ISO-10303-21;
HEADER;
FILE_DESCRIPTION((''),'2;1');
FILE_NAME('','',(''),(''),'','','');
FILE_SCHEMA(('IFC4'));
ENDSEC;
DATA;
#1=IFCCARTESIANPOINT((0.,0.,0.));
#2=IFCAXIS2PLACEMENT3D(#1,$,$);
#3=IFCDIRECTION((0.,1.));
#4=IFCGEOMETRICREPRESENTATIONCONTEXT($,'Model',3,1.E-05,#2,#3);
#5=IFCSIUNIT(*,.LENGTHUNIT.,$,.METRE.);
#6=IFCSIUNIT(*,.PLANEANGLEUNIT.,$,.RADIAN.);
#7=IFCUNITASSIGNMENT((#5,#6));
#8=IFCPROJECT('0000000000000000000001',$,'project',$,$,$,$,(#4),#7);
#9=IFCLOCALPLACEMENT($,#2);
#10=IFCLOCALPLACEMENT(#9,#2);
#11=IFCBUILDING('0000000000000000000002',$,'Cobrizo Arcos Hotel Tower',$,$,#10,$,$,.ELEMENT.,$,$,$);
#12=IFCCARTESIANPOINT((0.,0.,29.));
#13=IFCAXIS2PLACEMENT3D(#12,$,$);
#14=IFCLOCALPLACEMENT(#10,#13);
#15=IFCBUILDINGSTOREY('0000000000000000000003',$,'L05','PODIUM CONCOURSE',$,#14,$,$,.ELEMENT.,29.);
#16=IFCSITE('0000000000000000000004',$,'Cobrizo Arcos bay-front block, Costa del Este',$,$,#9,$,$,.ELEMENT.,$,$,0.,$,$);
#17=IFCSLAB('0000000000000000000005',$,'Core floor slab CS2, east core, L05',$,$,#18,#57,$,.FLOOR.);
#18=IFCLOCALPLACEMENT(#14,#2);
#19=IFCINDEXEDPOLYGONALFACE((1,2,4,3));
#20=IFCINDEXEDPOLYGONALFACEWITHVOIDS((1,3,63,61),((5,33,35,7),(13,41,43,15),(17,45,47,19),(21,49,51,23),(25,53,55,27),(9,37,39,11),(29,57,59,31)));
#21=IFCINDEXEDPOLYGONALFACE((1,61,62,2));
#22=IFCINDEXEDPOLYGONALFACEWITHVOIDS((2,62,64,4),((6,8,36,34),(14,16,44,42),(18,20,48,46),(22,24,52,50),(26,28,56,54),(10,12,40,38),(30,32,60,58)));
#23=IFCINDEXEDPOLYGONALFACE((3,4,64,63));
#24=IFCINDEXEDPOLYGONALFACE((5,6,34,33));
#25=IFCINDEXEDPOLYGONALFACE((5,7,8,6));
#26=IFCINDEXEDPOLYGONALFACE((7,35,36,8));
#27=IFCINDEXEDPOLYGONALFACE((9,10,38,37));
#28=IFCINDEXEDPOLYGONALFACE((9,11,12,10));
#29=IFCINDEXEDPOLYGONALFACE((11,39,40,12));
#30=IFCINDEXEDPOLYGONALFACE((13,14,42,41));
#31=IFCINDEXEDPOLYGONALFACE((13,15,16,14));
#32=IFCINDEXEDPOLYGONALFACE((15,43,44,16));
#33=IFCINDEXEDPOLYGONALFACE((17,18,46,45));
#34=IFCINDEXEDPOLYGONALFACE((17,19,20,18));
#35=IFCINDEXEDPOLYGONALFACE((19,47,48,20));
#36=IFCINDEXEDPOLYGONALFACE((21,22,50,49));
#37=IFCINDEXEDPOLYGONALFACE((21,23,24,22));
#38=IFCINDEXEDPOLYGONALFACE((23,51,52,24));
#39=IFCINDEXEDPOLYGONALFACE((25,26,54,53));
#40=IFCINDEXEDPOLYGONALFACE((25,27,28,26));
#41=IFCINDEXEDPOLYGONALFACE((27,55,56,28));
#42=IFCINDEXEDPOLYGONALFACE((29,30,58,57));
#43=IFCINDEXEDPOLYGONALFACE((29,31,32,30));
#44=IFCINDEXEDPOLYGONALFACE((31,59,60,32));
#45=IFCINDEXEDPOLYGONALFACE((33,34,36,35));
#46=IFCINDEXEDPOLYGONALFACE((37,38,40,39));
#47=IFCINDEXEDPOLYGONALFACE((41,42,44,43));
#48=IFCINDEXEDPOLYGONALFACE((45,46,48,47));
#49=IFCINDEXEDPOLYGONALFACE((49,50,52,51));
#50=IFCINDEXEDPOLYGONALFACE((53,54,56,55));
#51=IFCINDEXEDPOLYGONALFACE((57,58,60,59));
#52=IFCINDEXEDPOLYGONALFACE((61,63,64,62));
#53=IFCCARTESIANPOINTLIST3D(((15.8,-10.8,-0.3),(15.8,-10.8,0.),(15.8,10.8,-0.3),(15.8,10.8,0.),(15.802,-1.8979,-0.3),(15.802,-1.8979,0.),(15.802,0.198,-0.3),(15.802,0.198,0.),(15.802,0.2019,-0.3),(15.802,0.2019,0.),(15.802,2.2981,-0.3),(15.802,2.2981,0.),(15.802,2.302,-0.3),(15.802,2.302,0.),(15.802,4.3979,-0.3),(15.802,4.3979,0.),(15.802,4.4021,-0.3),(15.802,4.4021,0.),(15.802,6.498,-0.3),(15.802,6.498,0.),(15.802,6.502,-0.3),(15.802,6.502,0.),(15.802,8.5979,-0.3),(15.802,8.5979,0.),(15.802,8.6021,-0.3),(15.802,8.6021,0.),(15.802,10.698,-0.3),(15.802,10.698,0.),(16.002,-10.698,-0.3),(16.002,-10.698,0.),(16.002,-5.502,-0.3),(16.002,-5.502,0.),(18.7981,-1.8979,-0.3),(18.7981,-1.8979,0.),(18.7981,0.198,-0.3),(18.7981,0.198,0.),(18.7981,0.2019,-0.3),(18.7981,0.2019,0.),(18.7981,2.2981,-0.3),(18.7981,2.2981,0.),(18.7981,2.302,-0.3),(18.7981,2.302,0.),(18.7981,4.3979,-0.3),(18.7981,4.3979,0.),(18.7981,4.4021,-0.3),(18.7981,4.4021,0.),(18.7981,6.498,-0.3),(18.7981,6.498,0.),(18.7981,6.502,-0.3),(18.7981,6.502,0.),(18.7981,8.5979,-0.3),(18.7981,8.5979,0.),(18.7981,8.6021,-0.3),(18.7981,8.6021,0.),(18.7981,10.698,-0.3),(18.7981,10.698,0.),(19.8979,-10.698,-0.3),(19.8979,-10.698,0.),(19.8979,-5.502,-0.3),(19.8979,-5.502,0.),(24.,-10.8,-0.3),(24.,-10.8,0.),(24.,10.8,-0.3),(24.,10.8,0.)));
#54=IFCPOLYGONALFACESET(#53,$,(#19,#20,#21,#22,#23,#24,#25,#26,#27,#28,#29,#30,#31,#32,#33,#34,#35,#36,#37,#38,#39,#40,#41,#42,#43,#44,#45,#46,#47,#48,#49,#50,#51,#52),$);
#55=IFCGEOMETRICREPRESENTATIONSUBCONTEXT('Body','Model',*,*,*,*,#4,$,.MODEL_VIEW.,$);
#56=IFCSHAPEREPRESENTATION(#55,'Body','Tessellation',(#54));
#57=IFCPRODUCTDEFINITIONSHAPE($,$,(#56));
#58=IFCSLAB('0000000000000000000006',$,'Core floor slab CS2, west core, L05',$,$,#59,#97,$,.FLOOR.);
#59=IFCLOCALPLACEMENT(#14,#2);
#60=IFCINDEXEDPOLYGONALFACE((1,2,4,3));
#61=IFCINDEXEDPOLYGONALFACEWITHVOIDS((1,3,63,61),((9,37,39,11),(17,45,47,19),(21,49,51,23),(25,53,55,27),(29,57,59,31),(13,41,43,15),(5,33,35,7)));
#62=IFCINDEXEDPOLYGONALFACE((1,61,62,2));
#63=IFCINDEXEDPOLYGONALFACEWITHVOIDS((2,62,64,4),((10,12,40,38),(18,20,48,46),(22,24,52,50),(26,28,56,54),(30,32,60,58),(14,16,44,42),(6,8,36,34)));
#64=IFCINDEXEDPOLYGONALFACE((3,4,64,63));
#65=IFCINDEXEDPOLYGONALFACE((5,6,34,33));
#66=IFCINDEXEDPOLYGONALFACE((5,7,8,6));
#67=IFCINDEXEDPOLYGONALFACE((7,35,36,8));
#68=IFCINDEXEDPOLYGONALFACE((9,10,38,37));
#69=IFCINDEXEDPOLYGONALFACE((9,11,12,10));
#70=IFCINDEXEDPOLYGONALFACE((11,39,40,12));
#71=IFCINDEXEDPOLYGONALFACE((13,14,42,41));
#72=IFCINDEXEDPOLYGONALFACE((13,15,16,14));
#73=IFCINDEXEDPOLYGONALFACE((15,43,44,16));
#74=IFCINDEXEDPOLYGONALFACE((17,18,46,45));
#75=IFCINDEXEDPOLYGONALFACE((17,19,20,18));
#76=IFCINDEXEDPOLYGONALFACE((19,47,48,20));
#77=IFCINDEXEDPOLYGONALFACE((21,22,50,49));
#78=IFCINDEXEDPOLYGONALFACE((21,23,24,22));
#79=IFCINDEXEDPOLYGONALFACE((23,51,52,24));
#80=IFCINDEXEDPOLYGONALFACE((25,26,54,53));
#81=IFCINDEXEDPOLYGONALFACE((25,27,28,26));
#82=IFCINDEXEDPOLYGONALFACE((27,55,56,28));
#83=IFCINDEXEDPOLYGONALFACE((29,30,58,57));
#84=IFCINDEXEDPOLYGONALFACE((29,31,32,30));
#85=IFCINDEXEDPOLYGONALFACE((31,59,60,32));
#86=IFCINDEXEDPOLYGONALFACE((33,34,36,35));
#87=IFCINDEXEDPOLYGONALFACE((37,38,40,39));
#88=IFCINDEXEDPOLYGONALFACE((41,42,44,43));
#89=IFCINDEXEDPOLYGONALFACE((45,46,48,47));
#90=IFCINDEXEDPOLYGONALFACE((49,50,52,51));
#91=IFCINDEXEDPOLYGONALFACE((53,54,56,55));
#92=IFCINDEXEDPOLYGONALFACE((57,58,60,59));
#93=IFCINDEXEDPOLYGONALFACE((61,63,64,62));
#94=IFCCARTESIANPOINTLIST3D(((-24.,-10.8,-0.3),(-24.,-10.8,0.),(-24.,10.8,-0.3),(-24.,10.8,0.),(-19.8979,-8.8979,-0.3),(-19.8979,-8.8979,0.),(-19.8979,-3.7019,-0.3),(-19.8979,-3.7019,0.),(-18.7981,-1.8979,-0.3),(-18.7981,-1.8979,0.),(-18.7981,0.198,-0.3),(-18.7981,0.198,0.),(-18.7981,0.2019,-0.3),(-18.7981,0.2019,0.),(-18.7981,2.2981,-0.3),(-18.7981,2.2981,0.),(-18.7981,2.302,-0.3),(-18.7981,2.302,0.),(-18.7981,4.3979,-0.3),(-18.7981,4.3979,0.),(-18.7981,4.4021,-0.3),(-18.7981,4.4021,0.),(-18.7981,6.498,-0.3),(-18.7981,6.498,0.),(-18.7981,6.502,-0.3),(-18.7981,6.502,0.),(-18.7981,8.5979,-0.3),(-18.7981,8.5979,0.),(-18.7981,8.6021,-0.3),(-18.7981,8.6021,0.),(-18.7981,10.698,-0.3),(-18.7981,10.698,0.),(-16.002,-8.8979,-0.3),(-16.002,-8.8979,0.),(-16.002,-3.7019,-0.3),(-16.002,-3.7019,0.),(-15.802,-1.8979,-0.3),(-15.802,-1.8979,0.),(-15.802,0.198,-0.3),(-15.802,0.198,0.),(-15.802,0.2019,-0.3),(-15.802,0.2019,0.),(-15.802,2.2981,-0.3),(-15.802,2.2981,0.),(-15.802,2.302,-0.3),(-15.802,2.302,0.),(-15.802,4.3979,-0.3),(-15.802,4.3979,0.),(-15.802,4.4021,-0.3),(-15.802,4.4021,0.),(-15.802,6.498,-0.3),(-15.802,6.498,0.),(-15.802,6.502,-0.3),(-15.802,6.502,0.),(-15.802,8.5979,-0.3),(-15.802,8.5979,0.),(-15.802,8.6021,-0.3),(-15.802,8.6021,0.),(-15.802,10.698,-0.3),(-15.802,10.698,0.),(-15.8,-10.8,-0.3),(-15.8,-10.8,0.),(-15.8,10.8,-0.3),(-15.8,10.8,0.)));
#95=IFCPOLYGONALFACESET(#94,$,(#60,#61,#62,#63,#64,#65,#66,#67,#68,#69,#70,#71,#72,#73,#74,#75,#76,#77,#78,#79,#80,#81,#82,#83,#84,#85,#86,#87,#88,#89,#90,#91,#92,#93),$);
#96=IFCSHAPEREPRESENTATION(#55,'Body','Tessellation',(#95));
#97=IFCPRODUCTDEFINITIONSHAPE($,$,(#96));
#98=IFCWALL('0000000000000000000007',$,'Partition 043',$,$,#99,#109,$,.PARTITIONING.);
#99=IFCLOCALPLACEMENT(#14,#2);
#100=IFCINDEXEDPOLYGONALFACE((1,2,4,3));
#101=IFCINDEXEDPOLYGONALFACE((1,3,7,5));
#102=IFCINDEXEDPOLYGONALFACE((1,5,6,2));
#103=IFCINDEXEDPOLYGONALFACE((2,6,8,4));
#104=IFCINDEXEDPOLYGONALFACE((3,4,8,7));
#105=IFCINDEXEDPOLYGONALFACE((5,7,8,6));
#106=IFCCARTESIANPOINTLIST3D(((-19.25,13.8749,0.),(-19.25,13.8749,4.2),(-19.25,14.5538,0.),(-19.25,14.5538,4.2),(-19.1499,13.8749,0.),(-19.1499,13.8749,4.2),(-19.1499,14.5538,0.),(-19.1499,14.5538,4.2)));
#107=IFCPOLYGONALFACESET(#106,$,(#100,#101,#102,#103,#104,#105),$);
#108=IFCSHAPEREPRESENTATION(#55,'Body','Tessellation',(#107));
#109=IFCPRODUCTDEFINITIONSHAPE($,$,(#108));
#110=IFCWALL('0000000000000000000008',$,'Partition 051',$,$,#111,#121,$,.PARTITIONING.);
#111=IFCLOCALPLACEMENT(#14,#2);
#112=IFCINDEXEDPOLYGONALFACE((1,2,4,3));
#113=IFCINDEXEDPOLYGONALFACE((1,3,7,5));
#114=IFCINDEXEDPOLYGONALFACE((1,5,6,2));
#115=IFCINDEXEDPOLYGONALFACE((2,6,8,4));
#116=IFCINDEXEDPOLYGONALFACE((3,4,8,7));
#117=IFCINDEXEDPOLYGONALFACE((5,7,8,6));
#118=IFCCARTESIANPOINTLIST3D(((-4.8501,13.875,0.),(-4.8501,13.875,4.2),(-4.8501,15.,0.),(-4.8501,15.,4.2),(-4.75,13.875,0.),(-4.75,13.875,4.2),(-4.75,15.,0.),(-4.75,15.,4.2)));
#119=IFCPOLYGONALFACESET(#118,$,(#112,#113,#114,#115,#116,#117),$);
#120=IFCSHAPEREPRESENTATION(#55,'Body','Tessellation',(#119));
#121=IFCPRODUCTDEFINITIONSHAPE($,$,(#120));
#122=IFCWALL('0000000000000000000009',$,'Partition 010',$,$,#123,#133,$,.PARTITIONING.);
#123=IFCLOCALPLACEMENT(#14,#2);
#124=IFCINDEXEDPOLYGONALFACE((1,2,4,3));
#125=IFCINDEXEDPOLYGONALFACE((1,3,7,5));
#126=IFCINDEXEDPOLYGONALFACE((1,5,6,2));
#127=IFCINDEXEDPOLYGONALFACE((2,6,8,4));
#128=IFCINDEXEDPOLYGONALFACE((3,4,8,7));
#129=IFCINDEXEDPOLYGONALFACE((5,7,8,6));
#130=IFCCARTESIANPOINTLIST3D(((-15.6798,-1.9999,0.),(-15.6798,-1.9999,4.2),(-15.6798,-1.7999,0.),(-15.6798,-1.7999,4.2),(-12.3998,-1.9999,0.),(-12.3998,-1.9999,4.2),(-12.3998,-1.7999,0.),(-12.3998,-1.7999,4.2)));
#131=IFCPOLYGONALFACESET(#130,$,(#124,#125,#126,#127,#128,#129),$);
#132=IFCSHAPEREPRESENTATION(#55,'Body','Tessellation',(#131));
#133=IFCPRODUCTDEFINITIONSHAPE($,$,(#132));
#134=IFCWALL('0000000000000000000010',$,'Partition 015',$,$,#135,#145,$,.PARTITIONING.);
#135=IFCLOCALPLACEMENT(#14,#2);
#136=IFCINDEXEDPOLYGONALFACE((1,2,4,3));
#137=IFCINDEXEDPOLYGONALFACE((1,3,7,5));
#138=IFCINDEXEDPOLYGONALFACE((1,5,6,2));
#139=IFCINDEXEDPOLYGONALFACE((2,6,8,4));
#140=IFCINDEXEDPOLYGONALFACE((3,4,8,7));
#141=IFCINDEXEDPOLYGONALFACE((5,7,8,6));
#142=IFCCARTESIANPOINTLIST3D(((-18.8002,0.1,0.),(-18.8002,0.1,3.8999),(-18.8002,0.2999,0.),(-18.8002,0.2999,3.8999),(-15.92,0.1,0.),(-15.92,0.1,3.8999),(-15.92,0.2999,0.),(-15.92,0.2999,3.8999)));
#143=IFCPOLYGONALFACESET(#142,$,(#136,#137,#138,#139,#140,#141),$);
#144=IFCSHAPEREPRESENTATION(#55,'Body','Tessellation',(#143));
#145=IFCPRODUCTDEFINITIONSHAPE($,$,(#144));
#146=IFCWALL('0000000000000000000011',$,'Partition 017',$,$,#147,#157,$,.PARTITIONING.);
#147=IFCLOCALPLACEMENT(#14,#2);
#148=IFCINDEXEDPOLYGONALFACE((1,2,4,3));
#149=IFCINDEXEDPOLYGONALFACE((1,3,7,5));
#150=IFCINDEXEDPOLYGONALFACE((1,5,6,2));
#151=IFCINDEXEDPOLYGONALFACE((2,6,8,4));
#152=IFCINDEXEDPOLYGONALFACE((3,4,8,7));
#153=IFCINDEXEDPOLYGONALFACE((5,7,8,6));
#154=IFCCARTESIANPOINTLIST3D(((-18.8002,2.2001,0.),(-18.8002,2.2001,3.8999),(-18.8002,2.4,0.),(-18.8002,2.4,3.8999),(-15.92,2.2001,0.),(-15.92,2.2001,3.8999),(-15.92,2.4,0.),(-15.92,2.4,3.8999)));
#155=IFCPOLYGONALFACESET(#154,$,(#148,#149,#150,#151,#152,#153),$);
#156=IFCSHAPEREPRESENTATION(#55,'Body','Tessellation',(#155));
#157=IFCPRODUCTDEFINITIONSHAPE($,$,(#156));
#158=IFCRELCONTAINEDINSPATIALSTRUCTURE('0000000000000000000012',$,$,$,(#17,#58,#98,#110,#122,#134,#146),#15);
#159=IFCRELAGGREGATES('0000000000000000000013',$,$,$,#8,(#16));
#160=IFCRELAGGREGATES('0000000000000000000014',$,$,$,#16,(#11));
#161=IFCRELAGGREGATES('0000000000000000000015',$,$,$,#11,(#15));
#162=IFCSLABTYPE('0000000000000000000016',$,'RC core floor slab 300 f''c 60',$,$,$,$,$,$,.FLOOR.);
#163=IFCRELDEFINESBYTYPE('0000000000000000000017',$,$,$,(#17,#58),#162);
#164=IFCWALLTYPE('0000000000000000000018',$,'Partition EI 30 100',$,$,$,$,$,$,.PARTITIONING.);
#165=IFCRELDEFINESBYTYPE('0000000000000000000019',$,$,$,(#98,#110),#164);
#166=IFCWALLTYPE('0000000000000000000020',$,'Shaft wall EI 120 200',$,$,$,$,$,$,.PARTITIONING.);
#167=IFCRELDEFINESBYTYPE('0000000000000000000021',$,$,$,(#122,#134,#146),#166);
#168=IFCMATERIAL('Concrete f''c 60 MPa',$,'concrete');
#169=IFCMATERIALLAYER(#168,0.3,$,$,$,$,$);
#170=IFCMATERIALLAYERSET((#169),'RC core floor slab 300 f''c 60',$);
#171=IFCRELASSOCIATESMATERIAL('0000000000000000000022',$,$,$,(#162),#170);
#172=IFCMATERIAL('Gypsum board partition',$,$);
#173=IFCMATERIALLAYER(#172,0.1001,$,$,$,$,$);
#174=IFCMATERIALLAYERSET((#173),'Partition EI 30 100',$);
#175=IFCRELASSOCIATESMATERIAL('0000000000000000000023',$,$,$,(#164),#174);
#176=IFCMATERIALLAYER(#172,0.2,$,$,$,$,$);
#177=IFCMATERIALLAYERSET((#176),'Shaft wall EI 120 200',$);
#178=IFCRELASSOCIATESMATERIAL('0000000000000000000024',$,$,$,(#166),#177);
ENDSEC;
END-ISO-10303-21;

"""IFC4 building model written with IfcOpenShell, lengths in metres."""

from ifc_helpers import new_model, si_unit, direction, frame, frame_2d, origin, place, context, subcontext, project, spatial, polyline, rectangle, outline, extrude, material, layer, layer_set, type_object, element, save


model = new_model("IFC4")

# Units and contexts
model_context = context("Model", 3, precision=1e-05, world=origin(), true_north=direction((0.0, 1.0)))
body_context = subcontext(model_context, "Body", "Model", "MODEL_VIEW")
ifc_project = project(units=[si_unit("LENGTHUNIT", "METRE"), si_unit("PLANEANGLEUNIT", "RADIAN")], contexts=[model_context])

# Site, building, storey
site_placement = place(None, origin())
site = spatial("IfcSite", under=ifc_project, at=site_placement, Name="Cobrizo Arcos bay-front block, Costa del Este", CompositionType="ELEMENT", RefElevation=0.0)
building_placement = place(site_placement, origin())
building = spatial("IfcBuilding", under=site, at=building_placement, Name="Cobrizo Arcos Hotel Tower", CompositionType="ELEMENT")
storey_placement = place(building_placement, frame((0.0, 0.0, 29.0)))
storey = spatial("IfcBuildingStorey", under=building, at=storey_placement, Name="L05", Description="PODIUM CONCOURSE", CompositionType="ELEMENT", Elevation=29.0)

# Slabs
ifc_material_1 = material(Name="Concrete f'c 60 MPa", Category="concrete")
ifc_layer_1 = layer(ifc_material_1, 0.3)
ifc_layer_set_1 = layer_set([ifc_layer_1], Name="RC core floor slab 300 f'c 60")
slab_type_1 = type_object("IfcSlabType", Name="RC core floor slab 300 f'c 60", PredefinedType="FLOOR", material=ifc_layer_set_1)
slab_1_placement = place(storey_placement, frame((0.0, 0.0, -0.3)))
element("IfcSlab", 1, at=slab_1_placement, inside=storey, type_object=slab_type_1, Name="Core floor slab CS2, east core, L05", PredefinedType="FLOOR", context=body_context, shape_type="SweptSolid", body=[
    extrude(outline(polyline([(15.8, 10.8), (24.0, 10.8), (24.0, -10.8), (15.8, -10.8), (15.8, 10.8)]), holes=[polyline([(19.8979, -10.698), (19.8979, -5.502), (16.002, -5.502), (16.002, -10.698), (19.8979, -10.698)]), polyline([(15.802, 0.198), (15.802, -1.8979), (18.7981, -1.8979), (18.7981, 0.198), (15.802, 0.198)]), polyline([(18.7981, 2.2981), (15.802, 2.2981), (15.802, 0.2019), (18.7981, 0.2019), (18.7981, 2.2981)]), polyline([(18.7981, 4.3979), (15.802, 4.3979), (15.802, 2.302), (18.7981, 2.302), (18.7981, 4.3979)]), polyline([(15.802, 6.498), (15.802, 4.4021), (18.7981, 4.4021), (18.7981, 6.498), (15.802, 6.498)]), polyline([(18.7981, 8.5979), (15.802, 8.5979), (15.802, 6.502), (18.7981, 6.502), (18.7981, 8.5979)]), polyline([(18.7981, 10.698), (15.802, 10.698), (15.802, 8.6021), (18.7981, 8.6021), (18.7981, 10.698)])]), origin(), (0.0, 0.0, 1.0), 0.3),
])
slab_2_placement = place(storey_placement, frame((0.0, 0.0, -0.3)))
element("IfcSlab", 2, at=slab_2_placement, inside=storey, type_object=slab_type_1, Name="Core floor slab CS2, west core, L05", PredefinedType="FLOOR", context=body_context, shape_type="SweptSolid", body=[
    extrude(outline(polyline([(-24.0, 10.8), (-15.8, 10.8), (-15.8, -10.8), (-24.0, -10.8), (-24.0, 10.8)]), holes=[polyline([(-19.8979, -3.7019), (-19.8979, -8.8979), (-16.002, -8.8979), (-16.002, -3.7019), (-19.8979, -3.7019)]), polyline([(-18.7981, 0.198), (-18.7981, -1.8979), (-15.802, -1.8979), (-15.802, 0.198), (-18.7981, 0.198)]), polyline([(-15.802, 2.2981), (-18.7981, 2.2981), (-18.7981, 0.2019), (-15.802, 0.2019), (-15.802, 2.2981)]), polyline([(-15.802, 4.3979), (-18.7981, 4.3979), (-18.7981, 2.302), (-15.802, 2.302), (-15.802, 4.3979)]), polyline([(-18.7981, 6.498), (-18.7981, 4.4021), (-15.802, 4.4021), (-15.802, 6.498), (-18.7981, 6.498)]), polyline([(-15.802, 8.5979), (-18.7981, 8.5979), (-18.7981, 6.502), (-15.802, 6.502), (-15.802, 8.5979)]), polyline([(-15.802, 10.698), (-18.7981, 10.698), (-18.7981, 8.6021), (-15.802, 8.6021), (-15.802, 10.698)])]), origin(), (0.0, 0.0, 1.0), 0.3),
])

# Walls
ifc_material_2 = material(Name="Gypsum board partition")
ifc_layer_2 = layer(ifc_material_2, 0.1001)
ifc_layer_set_2 = layer_set([ifc_layer_2], Name="Partition EI 30 100")
wall_type_1 = type_object("IfcWallType", Name="Partition EI 30 100", PredefinedType="PARTITIONING", material=ifc_layer_set_2)
wall_1_placement = place(storey_placement, frame((-19.2, 13.875, 0.0), z_axis=(0.0, 0.0, 1.0), x_axis=(0.0, 1.0, 0.0)))
element("IfcWall", 3, at=wall_1_placement, inside=storey, type_object=wall_type_1, Name="Partition 043", PredefinedType="PARTITIONING", context=body_context, shape_type="SweptSolid", body=[
    extrude(rectangle(XDim=0.679, YDim=0.1001, at=frame_2d((0.3394, 0.0))), origin(), (0.0, 0.0, 1.0), 4.2),
])
wall_2_placement = place(storey_placement, frame((-4.8, 13.875, 0.0), z_axis=(0.0, 0.0, 1.0), x_axis=(0.0, 1.0, 0.0)))
element("IfcWall", 4, at=wall_2_placement, inside=storey, type_object=wall_type_1, Name="Partition 051", PredefinedType="PARTITIONING", context=body_context, shape_type="SweptSolid", body=[
    extrude(rectangle(XDim=1.125, YDim=0.1001, at=frame_2d((0.5625, 0.0))), origin(), (0.0, 0.0, 1.0), 4.2),
])
ifc_layer_3 = layer(ifc_material_2, 0.2)
ifc_layer_set_3 = layer_set([ifc_layer_3], Name="Shaft wall EI 120 200")
wall_type_2 = type_object("IfcWallType", Name="Shaft wall EI 120 200", PredefinedType="PARTITIONING", material=ifc_layer_set_3)
wall_3_placement = place(storey_placement, frame((-15.6799, -1.8999, 0.0), z_axis=(0.0, 0.0, 1.0), x_axis=(1.0, 0.0, 0.0)))
element("IfcWall", 5, at=wall_3_placement, inside=storey, type_object=wall_type_2, Name="Partition 010", PredefinedType="PARTITIONING", context=body_context, shape_type="SweptSolid", body=[
    extrude(rectangle(XDim=3.28, YDim=0.2, at=frame_2d((1.6401, 0.0))), origin(), (0.0, 0.0, 1.0), 4.2),
])
for number, where, z_axis, x_axis, name in (
    (6, (-18.8, 0.2, 0.0), (0.0, 0.0, 1.0), (1.0, 0.0, 0.0), "Partition 015"),
    (7, (-18.8, 2.3, 0.0), (0.0, 0.0, 1.0), (1.0, 0.0, 0.0), "Partition 017"),
):
    element("IfcWall", number, at=place(storey_placement, frame(where, z_axis=z_axis, x_axis=x_axis)), inside=storey, type_object=wall_type_2, Name=name, PredefinedType="PARTITIONING", context=body_context, shape_type="SweptSolid", body=[
        extrude(rectangle(XDim=2.8801, YDim=0.2, at=frame_2d((1.4399, 0.0))), origin(), (0.0, 0.0, 1.0), 3.8999),
    ])

save(model, "model.ifc")
